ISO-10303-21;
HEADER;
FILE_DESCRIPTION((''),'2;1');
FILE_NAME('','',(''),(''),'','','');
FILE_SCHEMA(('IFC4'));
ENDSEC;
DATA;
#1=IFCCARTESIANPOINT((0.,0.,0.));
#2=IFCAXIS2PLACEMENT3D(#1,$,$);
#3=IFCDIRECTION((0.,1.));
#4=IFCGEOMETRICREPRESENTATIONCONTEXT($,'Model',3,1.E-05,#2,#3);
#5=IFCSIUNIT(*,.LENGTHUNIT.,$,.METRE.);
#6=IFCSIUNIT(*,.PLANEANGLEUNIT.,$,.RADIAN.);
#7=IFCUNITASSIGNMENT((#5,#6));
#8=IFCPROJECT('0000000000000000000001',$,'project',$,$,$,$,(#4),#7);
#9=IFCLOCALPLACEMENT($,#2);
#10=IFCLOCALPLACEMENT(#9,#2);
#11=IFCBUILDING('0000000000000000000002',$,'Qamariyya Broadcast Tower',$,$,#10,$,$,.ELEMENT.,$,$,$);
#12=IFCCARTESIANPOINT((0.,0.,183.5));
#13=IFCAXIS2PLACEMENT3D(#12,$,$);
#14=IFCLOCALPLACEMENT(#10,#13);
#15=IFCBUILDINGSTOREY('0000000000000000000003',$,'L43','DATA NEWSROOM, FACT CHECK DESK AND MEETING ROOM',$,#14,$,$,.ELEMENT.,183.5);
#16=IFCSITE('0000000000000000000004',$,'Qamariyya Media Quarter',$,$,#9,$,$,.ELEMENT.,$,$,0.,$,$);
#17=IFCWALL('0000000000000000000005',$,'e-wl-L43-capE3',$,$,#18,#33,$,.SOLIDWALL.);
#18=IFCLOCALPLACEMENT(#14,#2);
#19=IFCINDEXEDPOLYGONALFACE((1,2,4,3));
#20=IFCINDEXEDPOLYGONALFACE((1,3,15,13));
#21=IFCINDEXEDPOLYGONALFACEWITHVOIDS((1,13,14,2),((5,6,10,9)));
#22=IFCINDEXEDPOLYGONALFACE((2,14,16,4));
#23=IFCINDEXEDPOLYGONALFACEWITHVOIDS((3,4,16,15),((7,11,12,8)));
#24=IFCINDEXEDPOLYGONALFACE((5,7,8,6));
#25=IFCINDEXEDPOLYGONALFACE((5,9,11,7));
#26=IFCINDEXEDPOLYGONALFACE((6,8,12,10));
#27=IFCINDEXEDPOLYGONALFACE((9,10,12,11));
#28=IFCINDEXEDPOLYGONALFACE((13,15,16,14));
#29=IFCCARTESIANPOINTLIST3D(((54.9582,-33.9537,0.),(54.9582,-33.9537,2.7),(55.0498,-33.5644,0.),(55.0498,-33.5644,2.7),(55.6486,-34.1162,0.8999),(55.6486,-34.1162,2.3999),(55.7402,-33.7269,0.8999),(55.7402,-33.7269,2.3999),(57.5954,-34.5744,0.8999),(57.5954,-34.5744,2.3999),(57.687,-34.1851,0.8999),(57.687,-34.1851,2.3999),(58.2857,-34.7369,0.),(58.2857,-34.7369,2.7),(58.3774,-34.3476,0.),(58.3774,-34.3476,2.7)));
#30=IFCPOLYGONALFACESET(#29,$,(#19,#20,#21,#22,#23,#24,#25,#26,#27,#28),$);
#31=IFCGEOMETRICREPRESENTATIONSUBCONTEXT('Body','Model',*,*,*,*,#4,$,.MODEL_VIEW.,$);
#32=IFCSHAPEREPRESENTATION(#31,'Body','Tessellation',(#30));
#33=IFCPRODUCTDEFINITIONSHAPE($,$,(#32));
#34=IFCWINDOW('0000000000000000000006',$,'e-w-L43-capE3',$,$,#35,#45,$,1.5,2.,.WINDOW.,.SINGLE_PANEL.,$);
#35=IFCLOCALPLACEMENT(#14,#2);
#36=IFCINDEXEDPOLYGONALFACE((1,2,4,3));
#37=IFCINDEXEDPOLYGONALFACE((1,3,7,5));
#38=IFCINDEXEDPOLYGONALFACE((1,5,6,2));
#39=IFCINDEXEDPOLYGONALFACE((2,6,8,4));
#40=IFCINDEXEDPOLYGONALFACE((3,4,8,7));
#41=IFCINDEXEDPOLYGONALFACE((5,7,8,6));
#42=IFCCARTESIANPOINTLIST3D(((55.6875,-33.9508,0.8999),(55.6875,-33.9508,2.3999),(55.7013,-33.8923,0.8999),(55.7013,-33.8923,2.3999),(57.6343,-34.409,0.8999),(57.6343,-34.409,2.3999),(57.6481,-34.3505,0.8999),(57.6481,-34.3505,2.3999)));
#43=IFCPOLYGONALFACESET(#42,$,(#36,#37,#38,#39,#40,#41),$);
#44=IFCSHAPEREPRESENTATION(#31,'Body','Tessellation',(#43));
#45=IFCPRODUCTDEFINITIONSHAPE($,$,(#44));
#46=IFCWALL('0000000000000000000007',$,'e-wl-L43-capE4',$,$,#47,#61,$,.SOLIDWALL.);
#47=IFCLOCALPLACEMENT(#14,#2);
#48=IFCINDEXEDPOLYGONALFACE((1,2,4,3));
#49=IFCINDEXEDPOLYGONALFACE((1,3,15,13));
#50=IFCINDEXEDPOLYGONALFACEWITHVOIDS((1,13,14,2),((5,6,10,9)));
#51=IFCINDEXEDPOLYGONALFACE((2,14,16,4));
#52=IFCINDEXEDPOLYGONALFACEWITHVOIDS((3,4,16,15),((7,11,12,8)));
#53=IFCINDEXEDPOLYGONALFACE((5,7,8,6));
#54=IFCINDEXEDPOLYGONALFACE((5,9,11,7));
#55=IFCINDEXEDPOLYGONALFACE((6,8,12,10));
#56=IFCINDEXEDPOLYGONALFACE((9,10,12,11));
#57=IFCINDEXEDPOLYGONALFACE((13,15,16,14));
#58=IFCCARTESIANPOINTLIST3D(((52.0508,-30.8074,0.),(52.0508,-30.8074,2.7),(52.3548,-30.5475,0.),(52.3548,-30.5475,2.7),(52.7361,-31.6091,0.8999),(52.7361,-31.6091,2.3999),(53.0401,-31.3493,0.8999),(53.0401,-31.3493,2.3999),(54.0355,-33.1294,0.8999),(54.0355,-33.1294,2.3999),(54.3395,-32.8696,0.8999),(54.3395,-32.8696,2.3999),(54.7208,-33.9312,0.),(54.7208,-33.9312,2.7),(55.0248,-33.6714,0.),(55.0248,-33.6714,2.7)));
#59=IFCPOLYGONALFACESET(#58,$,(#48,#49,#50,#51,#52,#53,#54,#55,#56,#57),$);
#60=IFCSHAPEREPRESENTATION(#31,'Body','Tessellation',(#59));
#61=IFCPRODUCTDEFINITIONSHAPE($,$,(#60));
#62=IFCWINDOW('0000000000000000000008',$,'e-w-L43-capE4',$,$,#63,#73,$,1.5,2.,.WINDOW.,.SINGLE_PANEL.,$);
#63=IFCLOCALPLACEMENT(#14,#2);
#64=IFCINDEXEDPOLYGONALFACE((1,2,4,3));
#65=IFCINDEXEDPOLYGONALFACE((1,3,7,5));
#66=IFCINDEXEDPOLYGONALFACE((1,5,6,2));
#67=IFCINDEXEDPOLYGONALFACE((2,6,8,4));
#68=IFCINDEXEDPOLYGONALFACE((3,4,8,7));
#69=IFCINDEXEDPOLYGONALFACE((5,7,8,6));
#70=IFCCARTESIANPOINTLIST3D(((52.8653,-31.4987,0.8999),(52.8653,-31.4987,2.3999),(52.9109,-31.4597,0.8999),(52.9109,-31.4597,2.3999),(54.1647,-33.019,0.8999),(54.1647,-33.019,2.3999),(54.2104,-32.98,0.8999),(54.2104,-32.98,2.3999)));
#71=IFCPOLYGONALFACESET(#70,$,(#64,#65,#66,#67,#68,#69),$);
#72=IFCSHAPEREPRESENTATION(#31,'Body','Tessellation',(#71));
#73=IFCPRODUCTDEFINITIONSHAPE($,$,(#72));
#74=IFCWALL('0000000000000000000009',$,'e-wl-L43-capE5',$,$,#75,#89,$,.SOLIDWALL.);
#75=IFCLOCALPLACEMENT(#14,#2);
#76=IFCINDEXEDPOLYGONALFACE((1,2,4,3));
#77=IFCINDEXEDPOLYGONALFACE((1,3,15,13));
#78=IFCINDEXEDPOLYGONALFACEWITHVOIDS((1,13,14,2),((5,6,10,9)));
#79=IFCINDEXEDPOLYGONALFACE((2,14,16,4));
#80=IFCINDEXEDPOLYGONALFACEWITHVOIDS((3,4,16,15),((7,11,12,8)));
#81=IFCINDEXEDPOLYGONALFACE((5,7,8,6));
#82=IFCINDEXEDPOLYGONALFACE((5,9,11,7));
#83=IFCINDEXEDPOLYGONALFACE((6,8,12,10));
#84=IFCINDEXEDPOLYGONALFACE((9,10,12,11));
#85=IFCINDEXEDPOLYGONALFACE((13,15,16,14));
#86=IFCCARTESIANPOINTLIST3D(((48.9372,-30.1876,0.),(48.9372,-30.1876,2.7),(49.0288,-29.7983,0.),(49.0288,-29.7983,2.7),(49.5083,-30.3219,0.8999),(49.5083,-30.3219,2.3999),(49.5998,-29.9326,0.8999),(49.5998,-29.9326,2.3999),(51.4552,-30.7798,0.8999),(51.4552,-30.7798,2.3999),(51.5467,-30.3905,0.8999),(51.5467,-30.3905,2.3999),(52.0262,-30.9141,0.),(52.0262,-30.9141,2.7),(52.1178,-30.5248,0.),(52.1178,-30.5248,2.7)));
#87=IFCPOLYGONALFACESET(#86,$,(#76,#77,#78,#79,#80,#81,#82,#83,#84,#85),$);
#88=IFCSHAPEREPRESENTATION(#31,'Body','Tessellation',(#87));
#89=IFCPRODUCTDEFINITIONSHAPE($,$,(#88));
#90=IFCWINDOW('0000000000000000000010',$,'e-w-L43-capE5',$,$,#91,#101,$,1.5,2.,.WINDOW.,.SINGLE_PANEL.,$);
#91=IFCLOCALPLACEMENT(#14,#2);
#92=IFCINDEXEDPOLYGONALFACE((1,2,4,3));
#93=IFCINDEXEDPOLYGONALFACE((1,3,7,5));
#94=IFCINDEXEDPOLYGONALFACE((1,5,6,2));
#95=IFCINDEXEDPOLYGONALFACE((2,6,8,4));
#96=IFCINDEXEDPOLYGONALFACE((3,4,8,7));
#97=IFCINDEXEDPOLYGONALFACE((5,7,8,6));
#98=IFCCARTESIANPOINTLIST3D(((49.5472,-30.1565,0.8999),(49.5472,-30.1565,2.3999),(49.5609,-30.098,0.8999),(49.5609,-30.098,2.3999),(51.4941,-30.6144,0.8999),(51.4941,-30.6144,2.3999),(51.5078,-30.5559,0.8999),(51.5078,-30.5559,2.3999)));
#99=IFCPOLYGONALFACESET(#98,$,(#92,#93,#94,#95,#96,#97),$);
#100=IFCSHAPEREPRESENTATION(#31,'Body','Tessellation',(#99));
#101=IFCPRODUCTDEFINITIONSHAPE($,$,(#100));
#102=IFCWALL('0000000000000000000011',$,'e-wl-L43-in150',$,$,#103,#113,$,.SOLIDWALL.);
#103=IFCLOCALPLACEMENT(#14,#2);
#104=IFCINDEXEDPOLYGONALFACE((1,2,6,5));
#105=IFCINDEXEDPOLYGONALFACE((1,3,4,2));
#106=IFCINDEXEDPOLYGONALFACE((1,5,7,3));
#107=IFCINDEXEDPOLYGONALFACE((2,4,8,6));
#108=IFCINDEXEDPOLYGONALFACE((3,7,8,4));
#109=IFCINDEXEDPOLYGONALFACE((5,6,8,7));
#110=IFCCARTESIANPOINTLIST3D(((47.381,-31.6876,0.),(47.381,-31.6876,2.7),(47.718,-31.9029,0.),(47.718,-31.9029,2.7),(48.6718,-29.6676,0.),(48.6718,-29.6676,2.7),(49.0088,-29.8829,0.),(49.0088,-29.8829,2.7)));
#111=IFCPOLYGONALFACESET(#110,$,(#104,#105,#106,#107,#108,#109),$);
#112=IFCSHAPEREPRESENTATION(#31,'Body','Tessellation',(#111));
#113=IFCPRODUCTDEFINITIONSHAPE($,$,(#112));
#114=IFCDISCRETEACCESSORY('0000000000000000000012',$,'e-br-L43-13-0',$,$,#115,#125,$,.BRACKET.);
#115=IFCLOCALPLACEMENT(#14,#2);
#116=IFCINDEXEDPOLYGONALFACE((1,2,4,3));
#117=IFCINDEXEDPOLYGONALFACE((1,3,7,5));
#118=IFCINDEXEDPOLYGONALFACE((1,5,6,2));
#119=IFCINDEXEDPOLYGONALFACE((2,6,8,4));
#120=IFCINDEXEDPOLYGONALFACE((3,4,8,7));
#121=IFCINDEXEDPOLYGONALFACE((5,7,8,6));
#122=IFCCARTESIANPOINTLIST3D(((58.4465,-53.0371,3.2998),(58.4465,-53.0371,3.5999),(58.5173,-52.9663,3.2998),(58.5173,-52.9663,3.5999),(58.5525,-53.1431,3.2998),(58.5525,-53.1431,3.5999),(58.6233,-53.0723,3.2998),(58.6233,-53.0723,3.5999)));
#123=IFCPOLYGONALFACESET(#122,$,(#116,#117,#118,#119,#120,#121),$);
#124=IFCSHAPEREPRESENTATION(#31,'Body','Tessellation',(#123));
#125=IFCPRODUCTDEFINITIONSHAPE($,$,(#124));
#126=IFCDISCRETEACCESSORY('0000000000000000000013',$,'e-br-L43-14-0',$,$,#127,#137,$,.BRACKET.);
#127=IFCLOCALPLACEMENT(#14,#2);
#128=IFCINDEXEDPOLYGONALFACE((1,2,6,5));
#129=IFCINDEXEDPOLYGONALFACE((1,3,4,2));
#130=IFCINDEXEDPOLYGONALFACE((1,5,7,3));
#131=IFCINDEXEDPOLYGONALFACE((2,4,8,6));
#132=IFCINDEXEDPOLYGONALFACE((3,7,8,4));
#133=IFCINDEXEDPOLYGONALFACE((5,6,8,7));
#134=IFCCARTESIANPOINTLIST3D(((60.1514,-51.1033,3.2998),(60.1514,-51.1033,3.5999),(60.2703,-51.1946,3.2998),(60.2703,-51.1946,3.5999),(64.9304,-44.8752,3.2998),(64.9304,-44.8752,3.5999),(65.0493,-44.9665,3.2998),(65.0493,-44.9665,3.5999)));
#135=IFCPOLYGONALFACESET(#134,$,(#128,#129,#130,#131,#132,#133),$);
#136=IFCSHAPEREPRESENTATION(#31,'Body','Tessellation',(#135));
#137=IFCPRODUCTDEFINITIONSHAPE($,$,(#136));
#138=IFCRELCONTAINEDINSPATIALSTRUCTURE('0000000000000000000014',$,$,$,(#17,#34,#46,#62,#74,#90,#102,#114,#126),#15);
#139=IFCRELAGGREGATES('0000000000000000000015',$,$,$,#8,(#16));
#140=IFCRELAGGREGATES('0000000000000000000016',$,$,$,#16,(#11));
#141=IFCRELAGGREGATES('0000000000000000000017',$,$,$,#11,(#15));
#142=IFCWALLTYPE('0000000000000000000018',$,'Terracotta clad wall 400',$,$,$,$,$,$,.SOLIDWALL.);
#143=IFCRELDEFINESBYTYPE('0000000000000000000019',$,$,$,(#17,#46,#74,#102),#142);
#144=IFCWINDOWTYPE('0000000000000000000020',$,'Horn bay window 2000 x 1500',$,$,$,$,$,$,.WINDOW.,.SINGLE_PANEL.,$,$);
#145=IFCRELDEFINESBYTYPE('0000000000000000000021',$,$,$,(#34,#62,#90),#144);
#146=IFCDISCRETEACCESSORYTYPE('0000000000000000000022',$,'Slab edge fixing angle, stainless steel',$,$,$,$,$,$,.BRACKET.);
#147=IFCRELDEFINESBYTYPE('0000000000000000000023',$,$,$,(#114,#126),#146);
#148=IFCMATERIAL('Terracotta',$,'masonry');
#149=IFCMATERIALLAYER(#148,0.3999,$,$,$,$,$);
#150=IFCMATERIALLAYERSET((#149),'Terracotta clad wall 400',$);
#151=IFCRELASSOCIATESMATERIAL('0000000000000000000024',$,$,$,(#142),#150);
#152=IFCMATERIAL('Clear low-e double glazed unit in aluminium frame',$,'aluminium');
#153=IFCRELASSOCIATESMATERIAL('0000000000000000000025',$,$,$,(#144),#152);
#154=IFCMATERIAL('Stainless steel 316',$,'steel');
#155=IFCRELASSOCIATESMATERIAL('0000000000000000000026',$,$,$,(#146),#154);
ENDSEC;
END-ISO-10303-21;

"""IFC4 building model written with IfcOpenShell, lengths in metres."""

from ifc_helpers import new_model, si_unit, direction, frame, frame_2d, origin, origin_2d, place, context, subcontext, project, spatial, rectangle, extrude, material, layer, layer_set, type_object, element, fill, save


model = new_model("IFC4")

# Units and contexts
model_context = context("Model", 3, precision=1e-05, world=origin(), true_north=direction((0.0, 1.0)))
body_context = subcontext(model_context, "Body", "Model", "MODEL_VIEW")
ifc_project = project(units=[si_unit("LENGTHUNIT", "METRE"), si_unit("PLANEANGLEUNIT", "RADIAN")], contexts=[model_context])

# Site, building, storey
site_placement = place(None, origin())
site = spatial("IfcSite", under=ifc_project, at=site_placement, Name="Qamariyya Media Quarter", CompositionType="ELEMENT", RefElevation=0.0)
building_placement = place(site_placement, origin())
building = spatial("IfcBuilding", under=site, at=building_placement, Name="Qamariyya Broadcast Tower", CompositionType="ELEMENT")
storey_placement = place(building_placement, frame((0.0, 0.0, 183.5)))
storey = spatial("IfcBuildingStorey", under=building, at=storey_placement, Name="L43", Description="DATA NEWSROOM, FACT CHECK DESK AND MEETING ROOM", CompositionType="ELEMENT", Elevation=183.5)

# Walls, openings, windows
ifc_material_1 = material(Name="Terracotta", Category="masonry")
ifc_layer = layer(ifc_material_1, 0.3999)
ifc_layer_set = layer_set([ifc_layer], Name="Terracotta clad wall 400")
wall_type = type_object("IfcWallType", Name="Terracotta clad wall 400", PredefinedType="SOLIDWALL", material=ifc_layer_set)
ifc_material_2 = material(Name="Clear low-e double glazed unit in aluminium frame", Category="aluminium")
window_type = type_object("IfcWindowType", Name="Horn bay window 2000 x 1500", PartitioningType="SINGLE_PANEL", PredefinedType="WINDOW", material=ifc_material_2)
wall_1_placement = place(storey_placement, frame((58.3315, -34.5422, 0.0), z_axis=(0.0, 0.0, 1.0), x_axis=(-0.973402, 0.229103, 0.0)))
wall_1 = element("IfcWall", 1, at=wall_1_placement, inside=storey, type_object=wall_type, Name="e-wl-L43-capE3", PredefinedType="SOLIDWALL", context=body_context, shape_type="SweptSolid", body=[
    extrude(rectangle(XDim=3.4185, YDim=0.3999, at=frame_2d((1.7092, 0.0))), origin(), (0.0, 0.0, 1.0), 2.7),
])
opening_1_placement = place(wall_1_placement, frame((0.7092, 0.0, 0.8999)))
opening_1 = element("IfcOpeningElement", 2, at=opening_1_placement, cuts=wall_1, PredefinedType="OPENING", context=body_context, shape_type="SweptSolid", body=[
    extrude(rectangle(XDim=2.0, YDim=1.5, at=frame_2d((1.0, 0.75))), frame((0.0, 0.21, 0.0), z_axis=(0.0, -1.0, 0.0), x_axis=(1.0, 0.0, 0.0)), (0.0, 0.0, 1.0), 0.4199),
])
window_1_placement = place(opening_1_placement, origin())
window_1 = element("IfcWindow", 3, at=window_1_placement, inside=storey, type_object=window_type, Name="e-w-L43-capE3", OverallHeight=1.5, OverallWidth=2.0, PartitioningType="SINGLE_PANEL", PredefinedType="WINDOW", context=body_context, shape_type="SweptSolid", body=[
    extrude(rectangle(XDim=2.0, YDim=1.5, at=frame_2d((1.0, 0.75))), frame((0.0, 0.03, 0.0), z_axis=(0.0, -1.0, 0.0), x_axis=(1.0, 0.0, 0.0)), (0.0, 0.0, 1.0), 0.0601),
])
fill(opening_1, window_1)
wall_2_placement = place(storey_placement, frame((54.8728, -33.8013, 0.0), z_axis=(0.0, 0.0, 1.0), x_axis=(-0.649724, 0.76017, 0.0)))
wall_2 = element("IfcWall", 4, at=wall_2_placement, inside=storey, type_object=wall_type, Name="e-wl-L43-capE4", PredefinedType="SOLIDWALL", context=body_context, shape_type="SweptSolid", body=[
    extrude(rectangle(XDim=4.1094, YDim=0.3999, at=frame_2d((2.0547, 0.0))), origin(), (0.0, 0.0, 1.0), 2.7),
])
opening_2_placement = place(wall_2_placement, frame((1.0547, 0.0, 0.8999)))
opening_2 = element("IfcOpeningElement", 5, at=opening_2_placement, cuts=wall_2, PredefinedType="OPENING", context=body_context, shape_type="SweptSolid", body=[
    extrude(rectangle(XDim=2.0, YDim=1.5, at=frame_2d((1.0, 0.75))), frame((0.0, 0.21, 0.0), z_axis=(0.0, -1.0, 0.0), x_axis=(1.0, 0.0, 0.0)), (0.0, 0.0, 1.0), 0.4199),
])
window_2_placement = place(opening_2_placement, origin())
window_2 = element("IfcWindow", 6, at=window_2_placement, inside=storey, type_object=window_type, Name="e-w-L43-capE4", OverallHeight=1.5, OverallWidth=2.0, PartitioningType="SINGLE_PANEL", PredefinedType="WINDOW", context=body_context, shape_type="SweptSolid", body=[
    extrude(rectangle(XDim=2.0, YDim=1.5, at=frame_2d((1.0, 0.75))), frame((0.0, 0.03, 0.0), z_axis=(0.0, -1.0, 0.0), x_axis=(1.0, 0.0, 0.0)), (0.0, 0.0, 1.0), 0.0601),
])
fill(opening_2, window_2)
wall_3_placement = place(storey_placement, frame((52.072, -30.7195, 0.0), z_axis=(0.0, 0.0, 1.0), x_axis=(-0.973437, 0.228954, 0.0)))
wall_3 = element("IfcWall", 7, at=wall_3_placement, inside=storey, type_object=wall_type, Name="e-wl-L43-capE5", PredefinedType="SOLIDWALL", context=body_context, shape_type="SweptSolid", body=[
    extrude(rectangle(XDim=3.1733, YDim=0.3999, at=frame_2d((1.5867, 0.0))), origin(), (0.0, 0.0, 1.0), 2.7),
])
opening_3_placement = place(wall_3_placement, frame((0.5867, 0.0, 0.8999)))
opening_3 = element("IfcOpeningElement", 8, at=opening_3_placement, cuts=wall_3, PredefinedType="OPENING", context=body_context, shape_type="SweptSolid", body=[
    extrude(rectangle(XDim=2.0, YDim=1.5, at=frame_2d((1.0, 0.75))), frame((0.0, 0.21, 0.0), z_axis=(0.0, -1.0, 0.0), x_axis=(1.0, 0.0, 0.0)), (0.0, 0.0, 1.0), 0.4199),
])
window_3_placement = place(opening_3_placement, origin())
window_3 = element("IfcWindow", 9, at=window_3_placement, inside=storey, type_object=window_type, Name="e-w-L43-capE5", OverallHeight=1.5, OverallWidth=2.0, PartitioningType="SINGLE_PANEL", PredefinedType="WINDOW", context=body_context, shape_type="SweptSolid", body=[
    extrude(rectangle(XDim=2.0, YDim=1.5, at=frame_2d((1.0, 0.75))), frame((0.0, 0.03, 0.0), z_axis=(0.0, -1.0, 0.0), x_axis=(1.0, 0.0, 0.0)), (0.0, 0.0, 1.0), 0.0601),
])
fill(opening_3, window_3)

# Wall
wall_4_placement = place(storey_placement, frame((48.8403, -29.7751, 0.0), z_axis=(0.0, 0.0, 1.0), x_axis=(-0.53845, -0.842658, 0.0)))
element("IfcWall", 10, at=wall_4_placement, inside=storey, type_object=wall_type, Name="e-wl-L43-in150", PredefinedType="SOLIDWALL", context=body_context, shape_type="SweptSolid", body=[
    extrude(rectangle(XDim=2.3972, YDim=0.3999, at=frame_2d((1.1987, 0.0))), origin(), (0.0, 0.0, 1.0), 2.7),
])

# Discrete accessories
ifc_material_3 = material(Name="Stainless steel 316", Category="steel")
discrete_accessory_type = type_object("IfcDiscreteAccessoryType", Name="Slab edge fixing angle, stainless steel", PredefinedType="BRACKET", material=ifc_material_3)
discrete_accessory_1_placement = place(storey_placement, frame((58.5349, -53.0547, 3.2998), z_axis=(0.0, 0.0, 1.0), x_axis=(0.707107, 0.707107, 0.0)))
element("IfcDiscreteAccessory", 11, at=discrete_accessory_1_placement, inside=storey, type_object=discrete_accessory_type, Name="e-br-L43-13-0", PredefinedType="BRACKET", context=body_context, shape_type="SweptSolid", body=[
    extrude(rectangle(XDim=0.1001, YDim=0.1499, at=origin_2d()), origin(), (0.0, 0.0, 1.0), 0.3),
])
discrete_accessory_2_placement = place(storey_placement, frame((62.6003, -48.0349, 3.2998), z_axis=(0.0, 0.0, 1.0), x_axis=(0.608761, 0.793353, 0.0)))
element("IfcDiscreteAccessory", 12, at=discrete_accessory_2_placement, inside=storey, type_object=discrete_accessory_type, Name="e-br-L43-14-0", PredefinedType="BRACKET", context=body_context, shape_type="SweptSolid", body=[
    extrude(rectangle(XDim=7.8503, YDim=0.1499, at=origin_2d()), origin(), (0.0, 0.0, 1.0), 0.3),
])

save(model, "model.ifc")
